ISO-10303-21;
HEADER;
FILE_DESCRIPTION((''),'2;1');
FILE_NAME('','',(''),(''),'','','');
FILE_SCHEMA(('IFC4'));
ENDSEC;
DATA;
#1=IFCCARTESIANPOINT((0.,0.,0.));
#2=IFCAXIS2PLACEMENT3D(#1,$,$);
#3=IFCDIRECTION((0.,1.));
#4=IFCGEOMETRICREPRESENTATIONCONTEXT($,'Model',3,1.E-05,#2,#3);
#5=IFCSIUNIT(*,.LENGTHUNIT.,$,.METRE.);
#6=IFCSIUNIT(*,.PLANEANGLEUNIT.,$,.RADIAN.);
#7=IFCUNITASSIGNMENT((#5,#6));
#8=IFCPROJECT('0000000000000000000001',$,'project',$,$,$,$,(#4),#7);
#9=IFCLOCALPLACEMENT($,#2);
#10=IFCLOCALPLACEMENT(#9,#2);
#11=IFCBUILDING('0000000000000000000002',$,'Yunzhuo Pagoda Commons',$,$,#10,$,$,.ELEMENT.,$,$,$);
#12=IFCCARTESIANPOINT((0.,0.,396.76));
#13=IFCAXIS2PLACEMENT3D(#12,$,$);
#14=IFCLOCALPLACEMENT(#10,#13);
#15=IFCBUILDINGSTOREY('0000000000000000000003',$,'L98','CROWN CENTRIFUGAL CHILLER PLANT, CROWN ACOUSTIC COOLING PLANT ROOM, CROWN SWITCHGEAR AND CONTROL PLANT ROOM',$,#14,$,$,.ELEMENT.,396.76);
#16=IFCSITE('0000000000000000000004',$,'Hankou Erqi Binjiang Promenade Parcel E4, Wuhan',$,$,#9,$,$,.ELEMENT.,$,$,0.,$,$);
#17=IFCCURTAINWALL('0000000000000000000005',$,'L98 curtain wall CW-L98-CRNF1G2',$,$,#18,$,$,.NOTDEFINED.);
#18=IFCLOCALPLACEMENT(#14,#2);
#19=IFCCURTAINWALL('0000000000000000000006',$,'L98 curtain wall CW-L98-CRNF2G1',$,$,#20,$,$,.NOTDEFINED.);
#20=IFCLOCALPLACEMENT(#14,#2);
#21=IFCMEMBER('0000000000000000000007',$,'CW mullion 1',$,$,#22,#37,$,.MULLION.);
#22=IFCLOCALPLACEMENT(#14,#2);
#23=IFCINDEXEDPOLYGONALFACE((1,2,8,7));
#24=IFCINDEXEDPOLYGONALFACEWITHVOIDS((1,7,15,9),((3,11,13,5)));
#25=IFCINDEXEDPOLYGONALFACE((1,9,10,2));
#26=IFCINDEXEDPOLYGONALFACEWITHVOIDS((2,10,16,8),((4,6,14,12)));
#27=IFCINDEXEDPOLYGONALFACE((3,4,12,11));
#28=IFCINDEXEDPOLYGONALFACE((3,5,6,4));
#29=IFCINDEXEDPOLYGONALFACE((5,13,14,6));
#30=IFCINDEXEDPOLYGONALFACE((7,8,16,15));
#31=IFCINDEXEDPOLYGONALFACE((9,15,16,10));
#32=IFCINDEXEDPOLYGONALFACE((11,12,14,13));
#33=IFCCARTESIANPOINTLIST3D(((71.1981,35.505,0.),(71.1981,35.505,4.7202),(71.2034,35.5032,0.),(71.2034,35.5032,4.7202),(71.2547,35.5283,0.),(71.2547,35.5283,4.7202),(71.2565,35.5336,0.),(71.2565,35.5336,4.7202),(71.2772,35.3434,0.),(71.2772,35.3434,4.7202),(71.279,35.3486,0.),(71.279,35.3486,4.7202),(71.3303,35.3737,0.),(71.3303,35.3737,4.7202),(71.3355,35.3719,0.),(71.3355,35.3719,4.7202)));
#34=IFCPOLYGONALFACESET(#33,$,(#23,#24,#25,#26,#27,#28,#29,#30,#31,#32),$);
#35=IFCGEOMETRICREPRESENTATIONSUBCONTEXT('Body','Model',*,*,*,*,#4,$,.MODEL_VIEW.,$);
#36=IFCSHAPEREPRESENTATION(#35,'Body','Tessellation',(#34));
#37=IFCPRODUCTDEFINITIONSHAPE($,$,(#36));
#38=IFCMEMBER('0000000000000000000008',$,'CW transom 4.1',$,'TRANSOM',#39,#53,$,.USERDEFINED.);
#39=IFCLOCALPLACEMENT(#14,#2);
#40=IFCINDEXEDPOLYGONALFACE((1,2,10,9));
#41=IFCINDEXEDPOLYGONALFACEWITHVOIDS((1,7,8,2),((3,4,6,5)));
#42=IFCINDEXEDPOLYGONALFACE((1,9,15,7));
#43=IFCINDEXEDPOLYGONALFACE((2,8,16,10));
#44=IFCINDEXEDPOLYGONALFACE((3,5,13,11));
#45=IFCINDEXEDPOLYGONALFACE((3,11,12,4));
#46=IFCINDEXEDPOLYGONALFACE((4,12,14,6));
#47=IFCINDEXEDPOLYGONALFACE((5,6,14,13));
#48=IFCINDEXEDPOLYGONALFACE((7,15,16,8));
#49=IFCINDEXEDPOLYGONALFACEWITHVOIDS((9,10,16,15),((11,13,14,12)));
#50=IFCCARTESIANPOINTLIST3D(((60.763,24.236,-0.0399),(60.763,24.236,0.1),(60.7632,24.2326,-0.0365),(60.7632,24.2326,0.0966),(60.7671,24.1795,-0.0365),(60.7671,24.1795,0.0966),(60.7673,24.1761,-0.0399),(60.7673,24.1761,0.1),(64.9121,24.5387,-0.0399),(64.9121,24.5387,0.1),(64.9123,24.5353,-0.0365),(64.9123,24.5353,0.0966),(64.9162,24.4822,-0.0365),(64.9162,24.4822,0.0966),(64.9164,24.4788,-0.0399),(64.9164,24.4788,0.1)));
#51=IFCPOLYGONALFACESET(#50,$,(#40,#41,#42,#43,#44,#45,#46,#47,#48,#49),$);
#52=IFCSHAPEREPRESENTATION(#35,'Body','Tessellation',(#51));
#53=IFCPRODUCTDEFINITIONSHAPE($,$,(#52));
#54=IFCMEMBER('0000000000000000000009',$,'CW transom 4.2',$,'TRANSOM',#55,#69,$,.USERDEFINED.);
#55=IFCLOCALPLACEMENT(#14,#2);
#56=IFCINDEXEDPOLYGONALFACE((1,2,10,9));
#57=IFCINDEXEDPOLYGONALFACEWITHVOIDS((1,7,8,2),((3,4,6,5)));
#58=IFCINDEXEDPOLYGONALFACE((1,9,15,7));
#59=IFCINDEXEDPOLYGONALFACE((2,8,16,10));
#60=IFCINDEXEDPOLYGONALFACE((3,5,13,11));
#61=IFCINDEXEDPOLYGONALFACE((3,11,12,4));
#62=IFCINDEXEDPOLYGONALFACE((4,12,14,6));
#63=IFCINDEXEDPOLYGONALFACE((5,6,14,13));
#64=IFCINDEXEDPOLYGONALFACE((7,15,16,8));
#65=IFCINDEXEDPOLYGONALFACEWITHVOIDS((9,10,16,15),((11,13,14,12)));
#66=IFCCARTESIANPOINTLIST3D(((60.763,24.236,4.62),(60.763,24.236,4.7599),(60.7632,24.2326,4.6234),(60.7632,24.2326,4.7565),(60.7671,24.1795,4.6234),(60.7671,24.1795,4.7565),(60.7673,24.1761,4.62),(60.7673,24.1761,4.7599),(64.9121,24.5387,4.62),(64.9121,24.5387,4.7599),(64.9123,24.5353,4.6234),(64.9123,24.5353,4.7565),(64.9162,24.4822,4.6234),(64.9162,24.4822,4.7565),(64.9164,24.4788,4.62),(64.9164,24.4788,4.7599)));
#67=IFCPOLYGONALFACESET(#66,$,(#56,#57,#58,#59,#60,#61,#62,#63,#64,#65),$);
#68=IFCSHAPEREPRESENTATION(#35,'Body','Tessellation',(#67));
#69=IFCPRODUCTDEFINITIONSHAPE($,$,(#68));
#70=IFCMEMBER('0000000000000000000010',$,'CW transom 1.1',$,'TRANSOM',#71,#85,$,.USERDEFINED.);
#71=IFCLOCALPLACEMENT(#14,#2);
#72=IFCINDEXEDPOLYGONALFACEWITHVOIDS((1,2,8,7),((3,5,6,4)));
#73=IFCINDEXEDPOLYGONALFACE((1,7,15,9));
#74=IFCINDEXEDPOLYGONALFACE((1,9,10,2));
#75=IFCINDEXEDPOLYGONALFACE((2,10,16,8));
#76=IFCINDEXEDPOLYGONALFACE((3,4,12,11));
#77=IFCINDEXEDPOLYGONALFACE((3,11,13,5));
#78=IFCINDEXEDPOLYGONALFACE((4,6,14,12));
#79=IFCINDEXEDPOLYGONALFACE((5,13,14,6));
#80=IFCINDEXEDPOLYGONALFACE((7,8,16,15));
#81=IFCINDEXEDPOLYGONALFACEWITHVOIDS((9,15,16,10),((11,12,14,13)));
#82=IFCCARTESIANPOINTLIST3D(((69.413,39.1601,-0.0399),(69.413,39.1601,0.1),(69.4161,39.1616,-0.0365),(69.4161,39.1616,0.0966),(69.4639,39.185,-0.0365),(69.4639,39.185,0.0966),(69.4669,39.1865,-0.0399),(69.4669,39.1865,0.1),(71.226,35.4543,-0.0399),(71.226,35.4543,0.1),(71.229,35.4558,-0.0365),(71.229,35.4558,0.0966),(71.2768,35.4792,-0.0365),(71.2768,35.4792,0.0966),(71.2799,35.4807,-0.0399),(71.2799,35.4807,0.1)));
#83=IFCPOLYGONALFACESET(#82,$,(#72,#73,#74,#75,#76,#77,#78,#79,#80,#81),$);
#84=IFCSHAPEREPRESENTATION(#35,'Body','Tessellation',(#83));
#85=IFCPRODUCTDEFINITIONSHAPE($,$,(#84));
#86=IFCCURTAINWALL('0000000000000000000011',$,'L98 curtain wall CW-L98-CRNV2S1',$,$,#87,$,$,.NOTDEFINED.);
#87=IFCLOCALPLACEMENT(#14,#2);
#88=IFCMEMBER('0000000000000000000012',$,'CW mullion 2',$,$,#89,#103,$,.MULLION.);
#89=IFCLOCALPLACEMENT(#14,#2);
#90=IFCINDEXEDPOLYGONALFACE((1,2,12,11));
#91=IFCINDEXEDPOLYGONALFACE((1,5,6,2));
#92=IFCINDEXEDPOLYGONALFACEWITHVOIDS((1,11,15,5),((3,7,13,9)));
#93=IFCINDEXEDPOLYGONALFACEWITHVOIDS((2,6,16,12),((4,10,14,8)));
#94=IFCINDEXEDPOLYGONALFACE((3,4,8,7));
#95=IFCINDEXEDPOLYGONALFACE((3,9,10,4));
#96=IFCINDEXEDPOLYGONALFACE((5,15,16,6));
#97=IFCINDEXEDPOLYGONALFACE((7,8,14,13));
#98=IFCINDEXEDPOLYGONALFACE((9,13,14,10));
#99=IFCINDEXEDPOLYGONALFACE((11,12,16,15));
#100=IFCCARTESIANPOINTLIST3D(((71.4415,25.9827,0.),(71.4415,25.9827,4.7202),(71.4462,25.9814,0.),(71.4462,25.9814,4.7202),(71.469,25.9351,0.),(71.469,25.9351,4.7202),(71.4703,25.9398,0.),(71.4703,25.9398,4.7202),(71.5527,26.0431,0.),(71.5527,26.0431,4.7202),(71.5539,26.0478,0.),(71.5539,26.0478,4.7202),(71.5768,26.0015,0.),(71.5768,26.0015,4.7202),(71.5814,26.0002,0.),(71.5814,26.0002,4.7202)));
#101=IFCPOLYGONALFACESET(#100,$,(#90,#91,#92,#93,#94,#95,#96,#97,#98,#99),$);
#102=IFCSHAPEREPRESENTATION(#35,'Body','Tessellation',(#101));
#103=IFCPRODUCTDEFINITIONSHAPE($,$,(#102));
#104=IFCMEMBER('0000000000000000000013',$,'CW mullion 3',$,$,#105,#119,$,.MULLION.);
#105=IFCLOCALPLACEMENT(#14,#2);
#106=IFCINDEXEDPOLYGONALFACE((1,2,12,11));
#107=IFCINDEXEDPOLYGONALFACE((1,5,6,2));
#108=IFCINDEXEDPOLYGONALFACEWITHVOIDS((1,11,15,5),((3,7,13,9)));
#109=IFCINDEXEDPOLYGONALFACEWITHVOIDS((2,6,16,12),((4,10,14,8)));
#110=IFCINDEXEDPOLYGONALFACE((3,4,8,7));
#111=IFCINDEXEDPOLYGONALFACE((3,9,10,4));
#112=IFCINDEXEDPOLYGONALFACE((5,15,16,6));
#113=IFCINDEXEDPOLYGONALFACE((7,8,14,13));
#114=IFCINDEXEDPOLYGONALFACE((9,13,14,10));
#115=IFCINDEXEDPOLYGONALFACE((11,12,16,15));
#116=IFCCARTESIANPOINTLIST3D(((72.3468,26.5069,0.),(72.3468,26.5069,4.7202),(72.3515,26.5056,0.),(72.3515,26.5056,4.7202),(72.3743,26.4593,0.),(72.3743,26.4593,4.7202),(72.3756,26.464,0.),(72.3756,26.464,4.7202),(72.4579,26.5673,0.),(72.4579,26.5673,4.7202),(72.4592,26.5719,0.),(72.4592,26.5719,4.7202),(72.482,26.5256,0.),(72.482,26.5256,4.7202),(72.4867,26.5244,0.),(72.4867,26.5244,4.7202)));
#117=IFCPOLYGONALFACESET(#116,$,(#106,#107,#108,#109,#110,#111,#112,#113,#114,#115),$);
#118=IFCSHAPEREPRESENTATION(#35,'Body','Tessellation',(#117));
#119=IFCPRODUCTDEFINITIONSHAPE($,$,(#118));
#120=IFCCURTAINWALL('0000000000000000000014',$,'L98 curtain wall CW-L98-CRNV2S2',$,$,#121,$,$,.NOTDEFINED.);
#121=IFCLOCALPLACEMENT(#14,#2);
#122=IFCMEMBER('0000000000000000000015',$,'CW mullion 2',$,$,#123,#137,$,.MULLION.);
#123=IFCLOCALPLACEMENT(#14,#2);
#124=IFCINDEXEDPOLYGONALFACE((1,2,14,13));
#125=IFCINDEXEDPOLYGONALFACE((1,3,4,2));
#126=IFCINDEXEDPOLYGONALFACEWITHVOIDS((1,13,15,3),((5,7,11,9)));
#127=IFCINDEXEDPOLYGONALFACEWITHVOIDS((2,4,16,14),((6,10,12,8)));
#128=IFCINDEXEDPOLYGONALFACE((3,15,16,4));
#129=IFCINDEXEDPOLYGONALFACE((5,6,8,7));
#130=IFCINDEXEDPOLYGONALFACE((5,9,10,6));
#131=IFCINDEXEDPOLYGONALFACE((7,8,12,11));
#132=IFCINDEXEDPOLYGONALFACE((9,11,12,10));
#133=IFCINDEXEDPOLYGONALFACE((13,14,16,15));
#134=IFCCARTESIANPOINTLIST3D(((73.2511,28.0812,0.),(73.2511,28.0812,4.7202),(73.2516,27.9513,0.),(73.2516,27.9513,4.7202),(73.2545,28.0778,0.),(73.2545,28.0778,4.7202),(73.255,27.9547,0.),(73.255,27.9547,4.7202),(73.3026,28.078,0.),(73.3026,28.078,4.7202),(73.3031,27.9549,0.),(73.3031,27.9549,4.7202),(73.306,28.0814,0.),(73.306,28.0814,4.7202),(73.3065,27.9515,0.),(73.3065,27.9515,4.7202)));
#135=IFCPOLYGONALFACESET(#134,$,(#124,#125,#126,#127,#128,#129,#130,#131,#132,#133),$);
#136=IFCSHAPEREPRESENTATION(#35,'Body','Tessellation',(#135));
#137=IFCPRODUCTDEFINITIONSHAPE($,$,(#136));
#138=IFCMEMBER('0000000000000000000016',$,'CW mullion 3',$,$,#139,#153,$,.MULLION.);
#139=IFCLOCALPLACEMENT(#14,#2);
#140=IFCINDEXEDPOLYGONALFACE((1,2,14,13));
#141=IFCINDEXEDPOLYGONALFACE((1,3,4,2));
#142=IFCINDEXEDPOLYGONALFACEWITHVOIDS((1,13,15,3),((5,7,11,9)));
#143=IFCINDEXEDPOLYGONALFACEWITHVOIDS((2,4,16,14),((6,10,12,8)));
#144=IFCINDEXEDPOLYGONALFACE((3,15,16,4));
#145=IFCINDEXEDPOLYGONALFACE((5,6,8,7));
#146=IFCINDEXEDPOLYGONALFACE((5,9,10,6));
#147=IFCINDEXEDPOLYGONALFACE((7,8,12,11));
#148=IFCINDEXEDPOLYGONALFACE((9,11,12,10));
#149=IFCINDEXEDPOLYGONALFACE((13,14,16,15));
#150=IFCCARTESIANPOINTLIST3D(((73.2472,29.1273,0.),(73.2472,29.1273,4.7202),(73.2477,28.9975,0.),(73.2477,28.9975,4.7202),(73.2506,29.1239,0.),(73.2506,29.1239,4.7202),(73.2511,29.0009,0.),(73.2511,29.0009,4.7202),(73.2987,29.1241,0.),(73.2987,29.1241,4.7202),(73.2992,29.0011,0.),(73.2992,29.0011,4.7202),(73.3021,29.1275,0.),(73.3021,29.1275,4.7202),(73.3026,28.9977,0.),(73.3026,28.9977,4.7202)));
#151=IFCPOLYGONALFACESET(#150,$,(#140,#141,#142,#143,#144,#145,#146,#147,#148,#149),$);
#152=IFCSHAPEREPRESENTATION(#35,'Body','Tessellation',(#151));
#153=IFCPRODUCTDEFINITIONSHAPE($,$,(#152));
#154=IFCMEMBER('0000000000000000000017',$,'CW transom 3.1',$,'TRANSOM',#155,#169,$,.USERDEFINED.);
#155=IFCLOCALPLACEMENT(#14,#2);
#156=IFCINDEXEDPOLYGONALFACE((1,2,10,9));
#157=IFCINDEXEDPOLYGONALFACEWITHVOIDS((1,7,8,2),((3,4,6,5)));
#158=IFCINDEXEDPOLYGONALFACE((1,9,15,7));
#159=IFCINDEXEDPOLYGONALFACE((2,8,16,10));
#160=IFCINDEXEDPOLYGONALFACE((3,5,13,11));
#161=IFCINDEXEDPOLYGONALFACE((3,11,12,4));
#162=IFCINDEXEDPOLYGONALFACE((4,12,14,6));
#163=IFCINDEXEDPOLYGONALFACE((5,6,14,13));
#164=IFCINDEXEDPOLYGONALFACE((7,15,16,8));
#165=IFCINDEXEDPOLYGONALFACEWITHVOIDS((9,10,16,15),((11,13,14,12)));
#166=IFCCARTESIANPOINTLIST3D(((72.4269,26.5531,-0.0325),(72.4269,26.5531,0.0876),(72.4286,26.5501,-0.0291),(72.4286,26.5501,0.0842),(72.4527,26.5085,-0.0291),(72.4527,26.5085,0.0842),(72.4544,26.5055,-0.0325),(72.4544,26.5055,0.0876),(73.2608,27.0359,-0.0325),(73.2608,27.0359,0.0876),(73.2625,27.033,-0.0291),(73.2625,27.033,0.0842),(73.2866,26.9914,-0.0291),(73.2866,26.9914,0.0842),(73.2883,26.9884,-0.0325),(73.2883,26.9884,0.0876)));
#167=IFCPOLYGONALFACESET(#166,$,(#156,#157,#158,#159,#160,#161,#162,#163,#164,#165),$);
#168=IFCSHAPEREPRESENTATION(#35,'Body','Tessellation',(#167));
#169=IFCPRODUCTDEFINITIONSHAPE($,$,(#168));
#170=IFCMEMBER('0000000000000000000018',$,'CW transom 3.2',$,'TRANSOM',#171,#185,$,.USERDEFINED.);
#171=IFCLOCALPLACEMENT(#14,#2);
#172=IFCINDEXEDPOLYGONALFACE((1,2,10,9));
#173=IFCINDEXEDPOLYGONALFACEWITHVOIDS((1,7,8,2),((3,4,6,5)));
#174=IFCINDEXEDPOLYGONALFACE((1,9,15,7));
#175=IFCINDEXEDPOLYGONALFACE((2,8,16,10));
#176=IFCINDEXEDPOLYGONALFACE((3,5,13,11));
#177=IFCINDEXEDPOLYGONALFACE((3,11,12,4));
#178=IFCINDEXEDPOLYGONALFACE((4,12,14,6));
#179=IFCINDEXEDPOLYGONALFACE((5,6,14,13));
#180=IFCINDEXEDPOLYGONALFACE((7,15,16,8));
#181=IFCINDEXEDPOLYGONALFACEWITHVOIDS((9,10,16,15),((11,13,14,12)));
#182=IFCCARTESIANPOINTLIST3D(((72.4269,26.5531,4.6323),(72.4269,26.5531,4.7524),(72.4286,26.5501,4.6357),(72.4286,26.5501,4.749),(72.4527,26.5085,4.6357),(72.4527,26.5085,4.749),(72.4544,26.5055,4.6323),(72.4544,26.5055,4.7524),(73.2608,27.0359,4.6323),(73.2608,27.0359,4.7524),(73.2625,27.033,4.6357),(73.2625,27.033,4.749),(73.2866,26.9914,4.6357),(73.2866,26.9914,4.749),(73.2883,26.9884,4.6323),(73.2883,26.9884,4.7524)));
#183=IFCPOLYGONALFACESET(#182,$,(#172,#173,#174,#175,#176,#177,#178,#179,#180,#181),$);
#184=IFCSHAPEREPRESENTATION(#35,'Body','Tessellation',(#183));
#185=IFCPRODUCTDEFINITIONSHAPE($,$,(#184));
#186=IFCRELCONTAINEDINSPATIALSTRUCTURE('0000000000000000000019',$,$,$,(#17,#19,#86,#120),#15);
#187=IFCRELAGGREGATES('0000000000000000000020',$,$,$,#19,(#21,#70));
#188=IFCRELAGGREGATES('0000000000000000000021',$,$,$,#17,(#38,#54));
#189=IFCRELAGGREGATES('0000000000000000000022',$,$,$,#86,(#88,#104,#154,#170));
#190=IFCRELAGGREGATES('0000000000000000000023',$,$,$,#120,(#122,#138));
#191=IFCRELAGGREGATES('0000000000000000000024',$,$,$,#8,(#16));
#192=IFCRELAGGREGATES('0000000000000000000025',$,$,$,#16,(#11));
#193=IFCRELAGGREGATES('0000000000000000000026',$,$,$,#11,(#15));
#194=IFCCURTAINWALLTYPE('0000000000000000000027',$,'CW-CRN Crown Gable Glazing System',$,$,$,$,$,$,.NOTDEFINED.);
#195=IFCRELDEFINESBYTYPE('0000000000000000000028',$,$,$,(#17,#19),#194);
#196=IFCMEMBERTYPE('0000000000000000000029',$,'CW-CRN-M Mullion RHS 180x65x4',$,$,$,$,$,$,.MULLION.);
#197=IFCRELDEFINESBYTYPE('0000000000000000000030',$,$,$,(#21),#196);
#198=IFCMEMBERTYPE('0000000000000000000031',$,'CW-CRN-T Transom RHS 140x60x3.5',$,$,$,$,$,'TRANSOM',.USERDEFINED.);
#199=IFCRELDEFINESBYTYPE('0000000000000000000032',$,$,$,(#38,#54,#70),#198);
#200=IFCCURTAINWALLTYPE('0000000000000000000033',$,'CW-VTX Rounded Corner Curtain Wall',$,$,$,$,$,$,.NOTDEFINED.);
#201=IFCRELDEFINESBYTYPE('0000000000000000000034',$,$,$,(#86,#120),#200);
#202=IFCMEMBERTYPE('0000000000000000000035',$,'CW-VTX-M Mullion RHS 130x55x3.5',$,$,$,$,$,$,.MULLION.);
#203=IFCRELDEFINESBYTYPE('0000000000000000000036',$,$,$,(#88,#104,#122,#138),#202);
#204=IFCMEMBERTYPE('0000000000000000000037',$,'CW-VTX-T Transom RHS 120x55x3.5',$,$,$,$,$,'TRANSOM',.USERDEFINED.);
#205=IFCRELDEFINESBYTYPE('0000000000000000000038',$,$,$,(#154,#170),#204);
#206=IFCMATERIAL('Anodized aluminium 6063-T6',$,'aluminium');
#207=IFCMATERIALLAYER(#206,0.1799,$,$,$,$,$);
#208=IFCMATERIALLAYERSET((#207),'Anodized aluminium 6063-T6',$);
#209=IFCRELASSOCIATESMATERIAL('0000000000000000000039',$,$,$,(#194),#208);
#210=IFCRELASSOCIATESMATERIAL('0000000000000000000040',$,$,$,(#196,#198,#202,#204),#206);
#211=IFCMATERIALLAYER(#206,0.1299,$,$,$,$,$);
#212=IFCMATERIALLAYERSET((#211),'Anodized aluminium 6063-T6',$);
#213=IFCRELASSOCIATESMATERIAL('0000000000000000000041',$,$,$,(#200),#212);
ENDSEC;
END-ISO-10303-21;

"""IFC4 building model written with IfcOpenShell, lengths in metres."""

from ifc_helpers import new_model, si_unit, direction, frame, origin, origin_2d, place, context, subcontext, project, spatial, hollow_rectangle, extrude, source, transform, mapped, material, layer, layer_set, material_profile, profile_set, type_object, element, aggregate, save


model = new_model("IFC4")

# Units and contexts
model_context = context("Model", 3, precision=1e-05, world=origin(), true_north=direction((0.0, 1.0)))
body_context = subcontext(model_context, "Body", "Model", "MODEL_VIEW")
ifc_project = project(units=[si_unit("LENGTHUNIT", "METRE"), si_unit("PLANEANGLEUNIT", "RADIAN")], contexts=[model_context])

# Site, building, storey
site_placement = place(None, origin())
site = spatial("IfcSite", under=ifc_project, at=site_placement, Name="Hankou Erqi Binjiang Promenade Parcel E4, Wuhan", CompositionType="ELEMENT", RefElevation=0.0)
building_placement = place(site_placement, origin())
building = spatial("IfcBuilding", under=site, at=building_placement, Name="Yunzhuo Pagoda Commons", CompositionType="ELEMENT")
storey_placement = place(building_placement, frame((0.0, 0.0, 396.76)))
storey = spatial("IfcBuildingStorey", under=building, at=storey_placement, Name="L98", Description="CROWN CENTRIFUGAL CHILLER PLANT, CROWN ACOUSTIC COOLING PLANT ROOM, CROWN SWITCHGEAR AND CONTROL PLANT ROOM", CompositionType="ELEMENT", Elevation=396.76)

# Curtain wall
ifc_material_1 = material(Name="Anodized aluminium 6063-T6", Category="aluminium")
ifc_layer_1 = layer(ifc_material_1, 0.1799)
ifc_layer_set_1 = layer_set([ifc_layer_1], Name="Anodized aluminium 6063-T6")
curtain_wall_type_1 = type_object("IfcCurtainWallType", Name="CW-CRN Crown Gable Glazing System", PredefinedType="NOTDEFINED", material=ifc_layer_set_1)
curtain_wall_1_placement = place(storey_placement, origin())
curtain_wall_1 = element("IfcCurtainWall", 1, at=curtain_wall_1_placement, inside=storey, type_object=curtain_wall_type_1, Name="L98 curtain wall CW-L98-CRNF1G2", PredefinedType="NOTDEFINED")
ifc_material_profile_1 = material_profile(ifc_material_1, hollow_rectangle(XDim=0.0649, YDim=0.1799, WallThickness=0.0039, at=origin_2d()), Name="Anodized aluminium 6063-T6")
ifc_profile_set_1 = profile_set([ifc_material_profile_1], Name="Anodized aluminium 6063-T6")
member_type_1 = type_object("IfcMemberType", Name="CW-CRN-M Mullion RHS 180x65x4", PredefinedType="MULLION", material=ifc_profile_set_1)
shared_shape_1 = source(origin(), body_context, "Body", "SweptSolid", [
    extrude(hollow_rectangle(XDim=0.0649, YDim=0.1799, WallThickness=0.0039, at=origin_2d()), origin(), (0.0, 0.0, 1.0), 4.7202),
])

# Curtain wall, member
curtain_wall_2_placement = place(storey_placement, origin())
curtain_wall_2 = element("IfcCurtainWall", 2, at=curtain_wall_2_placement, inside=storey, type_object=curtain_wall_type_1, Name="L98 curtain wall CW-L98-CRNF2G1", PredefinedType="NOTDEFINED")
member_1_placement = place(storey_placement, frame((71.2668, 35.4385, 0.0), z_axis=(0.0, 0.0, 1.0), x_axis=(-0.898299, -0.439384, 0.0)))
member_1 = element("IfcMember", 3, at=member_1_placement, type_object=member_type_1, Name="CW mullion 1", PredefinedType="MULLION", context=body_context, shape_type="MappedRepresentation", body=[
    mapped(shared_shape_1, transform((0.0, 0.0, 0.0), scale=1.0)),
])

# Members
ifc_material_profile_2 = material_profile(ifc_material_1, hollow_rectangle(XDim=0.0601, YDim=0.1399, WallThickness=0.0034, at=origin_2d()), Name="Anodized aluminium 6063-T6")
ifc_profile_set_2 = profile_set([ifc_material_profile_2], Name="Anodized aluminium 6063-T6")
member_type_2 = type_object("IfcMemberType", Name="CW-CRN-T Transom RHS 140x60x3.5", ElementType="TRANSOM", PredefinedType="USERDEFINED", material=ifc_profile_set_2)
shared_shape_2 = source(origin(), body_context, "Body", "SweptSolid", [
    extrude(hollow_rectangle(XDim=0.0601, YDim=0.1399, WallThickness=0.0034, at=origin_2d()), origin(), (0.0, 0.0, 1.0), 4.1602),
])
member_2_placement = place(storey_placement, frame((60.7651, 24.2061, 0.03), z_axis=(0.997349, 0.072769, 0.0), x_axis=(-0.072769, 0.997349, 0.0)))
member_2 = element("IfcMember", 4, at=member_2_placement, type_object=member_type_2, Name="CW transom 4.1", ObjectType="TRANSOM", PredefinedType="USERDEFINED", context=body_context, shape_type="MappedRepresentation", body=[
    mapped(shared_shape_2, transform((0.0, 0.0, 0.0), scale=1.0)),
])
member_3_placement = place(storey_placement, frame((60.7651, 24.2061, 4.6899), z_axis=(0.997349, 0.072769, 0.0), x_axis=(-0.072769, 0.997349, 0.0)))
member_3 = element("IfcMember", 5, at=member_3_placement, type_object=member_type_2, Name="CW transom 4.2", ObjectType="TRANSOM", PredefinedType="USERDEFINED", context=body_context, shape_type="MappedRepresentation", body=[
    mapped(shared_shape_2, transform((0.0, 0.0, 0.0), scale=1.0)),
])
shared_shape_3 = source(origin(), body_context, "Body", "SweptSolid", [
    extrude(hollow_rectangle(XDim=0.0601, YDim=0.1399, WallThickness=0.0034, at=origin_2d()), origin(), (0.0, 0.0, 1.0), 4.1255),
])
member_4_placement = place(storey_placement, frame((71.2529, 35.4675, 0.03), z_axis=(-0.439456, 0.898264, 0.0), x_axis=(-0.898264, -0.439456, 0.0)))
member_4 = element("IfcMember", 6, at=member_4_placement, type_object=member_type_2, Name="CW transom 1.1", ObjectType="TRANSOM", PredefinedType="USERDEFINED", context=body_context, shape_type="MappedRepresentation", body=[
    mapped(shared_shape_3, transform((0.0, 0.0, 0.0), scale=1.0)),
])
aggregate(curtain_wall_2, [member_1, member_4])

# Curtain walls, members
ifc_layer_2 = layer(ifc_material_1, 0.1299)
ifc_layer_set_2 = layer_set([ifc_layer_2], Name="Anodized aluminium 6063-T6")
curtain_wall_type_2 = type_object("IfcCurtainWallType", Name="CW-VTX Rounded Corner Curtain Wall", PredefinedType="NOTDEFINED", material=ifc_layer_set_2)
curtain_wall_3_placement = place(storey_placement, origin())
curtain_wall_3 = element("IfcCurtainWall", 7, at=curtain_wall_3_placement, inside=storey, type_object=curtain_wall_type_2, Name="L98 curtain wall CW-L98-CRNV2S1", PredefinedType="NOTDEFINED")
ifc_material_profile_3 = material_profile(ifc_material_1, hollow_rectangle(XDim=0.0549, YDim=0.1299, WallThickness=0.0034, at=origin_2d()), Name="Anodized aluminium 6063-T6")
ifc_profile_set_3 = profile_set([ifc_material_profile_3], Name="Anodized aluminium 6063-T6")
member_type_3 = type_object("IfcMemberType", Name="CW-VTX-M Mullion RHS 130x55x3.5", PredefinedType="MULLION", material=ifc_profile_set_3)
shared_shape_4 = source(origin(), body_context, "Body", "SweptSolid", [
    extrude(hollow_rectangle(XDim=0.0549, YDim=0.1299, WallThickness=0.0034, at=origin_2d()), origin(), (0.0, 0.0, 1.0), 4.7202),
])
member_5_placement = place(storey_placement, frame((71.5115, 25.9915, 0.0), z_axis=(0.0, 0.0, 1.0), x_axis=(-0.501041, 0.865423, 0.0)))
member_5 = element("IfcMember", 8, at=member_5_placement, type_object=member_type_3, Name="CW mullion 2", PredefinedType="MULLION", context=body_context, shape_type="MappedRepresentation", body=[
    mapped(shared_shape_4, transform((0.0, 0.0, 0.0), scale=1.0)),
])
member_6_placement = place(storey_placement, frame((72.4167, 26.5156, 0.0), z_axis=(0.0, 0.0, 1.0), x_axis=(-0.501041, 0.865423, 0.0)))
member_6 = element("IfcMember", 9, at=member_6_placement, type_object=member_type_3, Name="CW mullion 3", PredefinedType="MULLION", context=body_context, shape_type="MappedRepresentation", body=[
    mapped(shared_shape_4, transform((0.0, 0.0, 0.0), scale=1.0)),
])
curtain_wall_4_placement = place(storey_placement, origin())
curtain_wall_4 = element("IfcCurtainWall", 10, at=curtain_wall_4_placement, inside=storey, type_object=curtain_wall_type_2, Name="L98 curtain wall CW-L98-CRNV2S2", PredefinedType="NOTDEFINED")
member_7_placement = place(storey_placement, frame((73.2788, 28.0164, 0.0), z_axis=(0.0, 0.0, 1.0), x_axis=(-0.999994, -0.003569, 0.0)))
member_7 = element("IfcMember", 11, at=member_7_placement, type_object=member_type_3, Name="CW mullion 2", PredefinedType="MULLION", context=body_context, shape_type="MappedRepresentation", body=[
    mapped(shared_shape_4, transform((0.0, 0.0, 0.0), scale=1.0)),
])
member_8_placement = place(storey_placement, frame((73.2749, 29.0625, 0.0), z_axis=(0.0, 0.0, 1.0), x_axis=(-0.999994, -0.003569, 0.0)))
member_8 = element("IfcMember", 12, at=member_8_placement, type_object=member_type_3, Name="CW mullion 3", PredefinedType="MULLION", context=body_context, shape_type="MappedRepresentation", body=[
    mapped(shared_shape_4, transform((0.0, 0.0, 0.0), scale=1.0)),
])

# Members
ifc_material_profile_4 = material_profile(ifc_material_1, hollow_rectangle(XDim=0.0549, YDim=0.1201, WallThickness=0.0034, at=origin_2d()), Name="Anodized aluminium 6063-T6")
ifc_profile_set_4 = profile_set([ifc_material_profile_4], Name="Anodized aluminium 6063-T6")
member_type_4 = type_object("IfcMemberType", Name="CW-VTX-T Transom RHS 120x55x3.5", ElementType="TRANSOM", PredefinedType="USERDEFINED", material=ifc_profile_set_4)
shared_shape_5 = source(origin(), body_context, "Body", "SweptSolid", [
    extrude(hollow_rectangle(XDim=0.0549, YDim=0.1201, WallThickness=0.0034, at=origin_2d()), origin(), (0.0, 0.0, 1.0), 0.9636),
])
member_9_placement = place(storey_placement, frame((72.4407, 26.5293, 0.0276), z_axis=(0.865392, 0.501096, 0.0), x_axis=(-0.501096, 0.865392, 0.0)))
member_9 = element("IfcMember", 13, at=member_9_placement, type_object=member_type_4, Name="CW transom 3.1", ObjectType="TRANSOM", PredefinedType="USERDEFINED", context=body_context, shape_type="MappedRepresentation", body=[
    mapped(shared_shape_5, transform((0.0, 0.0, 0.0), scale=1.0)),
])
member_10_placement = place(storey_placement, frame((72.4407, 26.5293, 4.6924), z_axis=(0.865392, 0.501096, 0.0), x_axis=(-0.501096, 0.865392, 0.0)))
member_10 = element("IfcMember", 14, at=member_10_placement, type_object=member_type_4, Name="CW transom 3.2", ObjectType="TRANSOM", PredefinedType="USERDEFINED", context=body_context, shape_type="MappedRepresentation", body=[
    mapped(shared_shape_5, transform((0.0, 0.0, 0.0), scale=1.0)),
])

aggregate(curtain_wall_1, [member_2, member_3])
aggregate(curtain_wall_3, [member_5, member_6, member_9, member_10])
aggregate(curtain_wall_4, [member_7, member_8])

save(model, "model.ifc")
